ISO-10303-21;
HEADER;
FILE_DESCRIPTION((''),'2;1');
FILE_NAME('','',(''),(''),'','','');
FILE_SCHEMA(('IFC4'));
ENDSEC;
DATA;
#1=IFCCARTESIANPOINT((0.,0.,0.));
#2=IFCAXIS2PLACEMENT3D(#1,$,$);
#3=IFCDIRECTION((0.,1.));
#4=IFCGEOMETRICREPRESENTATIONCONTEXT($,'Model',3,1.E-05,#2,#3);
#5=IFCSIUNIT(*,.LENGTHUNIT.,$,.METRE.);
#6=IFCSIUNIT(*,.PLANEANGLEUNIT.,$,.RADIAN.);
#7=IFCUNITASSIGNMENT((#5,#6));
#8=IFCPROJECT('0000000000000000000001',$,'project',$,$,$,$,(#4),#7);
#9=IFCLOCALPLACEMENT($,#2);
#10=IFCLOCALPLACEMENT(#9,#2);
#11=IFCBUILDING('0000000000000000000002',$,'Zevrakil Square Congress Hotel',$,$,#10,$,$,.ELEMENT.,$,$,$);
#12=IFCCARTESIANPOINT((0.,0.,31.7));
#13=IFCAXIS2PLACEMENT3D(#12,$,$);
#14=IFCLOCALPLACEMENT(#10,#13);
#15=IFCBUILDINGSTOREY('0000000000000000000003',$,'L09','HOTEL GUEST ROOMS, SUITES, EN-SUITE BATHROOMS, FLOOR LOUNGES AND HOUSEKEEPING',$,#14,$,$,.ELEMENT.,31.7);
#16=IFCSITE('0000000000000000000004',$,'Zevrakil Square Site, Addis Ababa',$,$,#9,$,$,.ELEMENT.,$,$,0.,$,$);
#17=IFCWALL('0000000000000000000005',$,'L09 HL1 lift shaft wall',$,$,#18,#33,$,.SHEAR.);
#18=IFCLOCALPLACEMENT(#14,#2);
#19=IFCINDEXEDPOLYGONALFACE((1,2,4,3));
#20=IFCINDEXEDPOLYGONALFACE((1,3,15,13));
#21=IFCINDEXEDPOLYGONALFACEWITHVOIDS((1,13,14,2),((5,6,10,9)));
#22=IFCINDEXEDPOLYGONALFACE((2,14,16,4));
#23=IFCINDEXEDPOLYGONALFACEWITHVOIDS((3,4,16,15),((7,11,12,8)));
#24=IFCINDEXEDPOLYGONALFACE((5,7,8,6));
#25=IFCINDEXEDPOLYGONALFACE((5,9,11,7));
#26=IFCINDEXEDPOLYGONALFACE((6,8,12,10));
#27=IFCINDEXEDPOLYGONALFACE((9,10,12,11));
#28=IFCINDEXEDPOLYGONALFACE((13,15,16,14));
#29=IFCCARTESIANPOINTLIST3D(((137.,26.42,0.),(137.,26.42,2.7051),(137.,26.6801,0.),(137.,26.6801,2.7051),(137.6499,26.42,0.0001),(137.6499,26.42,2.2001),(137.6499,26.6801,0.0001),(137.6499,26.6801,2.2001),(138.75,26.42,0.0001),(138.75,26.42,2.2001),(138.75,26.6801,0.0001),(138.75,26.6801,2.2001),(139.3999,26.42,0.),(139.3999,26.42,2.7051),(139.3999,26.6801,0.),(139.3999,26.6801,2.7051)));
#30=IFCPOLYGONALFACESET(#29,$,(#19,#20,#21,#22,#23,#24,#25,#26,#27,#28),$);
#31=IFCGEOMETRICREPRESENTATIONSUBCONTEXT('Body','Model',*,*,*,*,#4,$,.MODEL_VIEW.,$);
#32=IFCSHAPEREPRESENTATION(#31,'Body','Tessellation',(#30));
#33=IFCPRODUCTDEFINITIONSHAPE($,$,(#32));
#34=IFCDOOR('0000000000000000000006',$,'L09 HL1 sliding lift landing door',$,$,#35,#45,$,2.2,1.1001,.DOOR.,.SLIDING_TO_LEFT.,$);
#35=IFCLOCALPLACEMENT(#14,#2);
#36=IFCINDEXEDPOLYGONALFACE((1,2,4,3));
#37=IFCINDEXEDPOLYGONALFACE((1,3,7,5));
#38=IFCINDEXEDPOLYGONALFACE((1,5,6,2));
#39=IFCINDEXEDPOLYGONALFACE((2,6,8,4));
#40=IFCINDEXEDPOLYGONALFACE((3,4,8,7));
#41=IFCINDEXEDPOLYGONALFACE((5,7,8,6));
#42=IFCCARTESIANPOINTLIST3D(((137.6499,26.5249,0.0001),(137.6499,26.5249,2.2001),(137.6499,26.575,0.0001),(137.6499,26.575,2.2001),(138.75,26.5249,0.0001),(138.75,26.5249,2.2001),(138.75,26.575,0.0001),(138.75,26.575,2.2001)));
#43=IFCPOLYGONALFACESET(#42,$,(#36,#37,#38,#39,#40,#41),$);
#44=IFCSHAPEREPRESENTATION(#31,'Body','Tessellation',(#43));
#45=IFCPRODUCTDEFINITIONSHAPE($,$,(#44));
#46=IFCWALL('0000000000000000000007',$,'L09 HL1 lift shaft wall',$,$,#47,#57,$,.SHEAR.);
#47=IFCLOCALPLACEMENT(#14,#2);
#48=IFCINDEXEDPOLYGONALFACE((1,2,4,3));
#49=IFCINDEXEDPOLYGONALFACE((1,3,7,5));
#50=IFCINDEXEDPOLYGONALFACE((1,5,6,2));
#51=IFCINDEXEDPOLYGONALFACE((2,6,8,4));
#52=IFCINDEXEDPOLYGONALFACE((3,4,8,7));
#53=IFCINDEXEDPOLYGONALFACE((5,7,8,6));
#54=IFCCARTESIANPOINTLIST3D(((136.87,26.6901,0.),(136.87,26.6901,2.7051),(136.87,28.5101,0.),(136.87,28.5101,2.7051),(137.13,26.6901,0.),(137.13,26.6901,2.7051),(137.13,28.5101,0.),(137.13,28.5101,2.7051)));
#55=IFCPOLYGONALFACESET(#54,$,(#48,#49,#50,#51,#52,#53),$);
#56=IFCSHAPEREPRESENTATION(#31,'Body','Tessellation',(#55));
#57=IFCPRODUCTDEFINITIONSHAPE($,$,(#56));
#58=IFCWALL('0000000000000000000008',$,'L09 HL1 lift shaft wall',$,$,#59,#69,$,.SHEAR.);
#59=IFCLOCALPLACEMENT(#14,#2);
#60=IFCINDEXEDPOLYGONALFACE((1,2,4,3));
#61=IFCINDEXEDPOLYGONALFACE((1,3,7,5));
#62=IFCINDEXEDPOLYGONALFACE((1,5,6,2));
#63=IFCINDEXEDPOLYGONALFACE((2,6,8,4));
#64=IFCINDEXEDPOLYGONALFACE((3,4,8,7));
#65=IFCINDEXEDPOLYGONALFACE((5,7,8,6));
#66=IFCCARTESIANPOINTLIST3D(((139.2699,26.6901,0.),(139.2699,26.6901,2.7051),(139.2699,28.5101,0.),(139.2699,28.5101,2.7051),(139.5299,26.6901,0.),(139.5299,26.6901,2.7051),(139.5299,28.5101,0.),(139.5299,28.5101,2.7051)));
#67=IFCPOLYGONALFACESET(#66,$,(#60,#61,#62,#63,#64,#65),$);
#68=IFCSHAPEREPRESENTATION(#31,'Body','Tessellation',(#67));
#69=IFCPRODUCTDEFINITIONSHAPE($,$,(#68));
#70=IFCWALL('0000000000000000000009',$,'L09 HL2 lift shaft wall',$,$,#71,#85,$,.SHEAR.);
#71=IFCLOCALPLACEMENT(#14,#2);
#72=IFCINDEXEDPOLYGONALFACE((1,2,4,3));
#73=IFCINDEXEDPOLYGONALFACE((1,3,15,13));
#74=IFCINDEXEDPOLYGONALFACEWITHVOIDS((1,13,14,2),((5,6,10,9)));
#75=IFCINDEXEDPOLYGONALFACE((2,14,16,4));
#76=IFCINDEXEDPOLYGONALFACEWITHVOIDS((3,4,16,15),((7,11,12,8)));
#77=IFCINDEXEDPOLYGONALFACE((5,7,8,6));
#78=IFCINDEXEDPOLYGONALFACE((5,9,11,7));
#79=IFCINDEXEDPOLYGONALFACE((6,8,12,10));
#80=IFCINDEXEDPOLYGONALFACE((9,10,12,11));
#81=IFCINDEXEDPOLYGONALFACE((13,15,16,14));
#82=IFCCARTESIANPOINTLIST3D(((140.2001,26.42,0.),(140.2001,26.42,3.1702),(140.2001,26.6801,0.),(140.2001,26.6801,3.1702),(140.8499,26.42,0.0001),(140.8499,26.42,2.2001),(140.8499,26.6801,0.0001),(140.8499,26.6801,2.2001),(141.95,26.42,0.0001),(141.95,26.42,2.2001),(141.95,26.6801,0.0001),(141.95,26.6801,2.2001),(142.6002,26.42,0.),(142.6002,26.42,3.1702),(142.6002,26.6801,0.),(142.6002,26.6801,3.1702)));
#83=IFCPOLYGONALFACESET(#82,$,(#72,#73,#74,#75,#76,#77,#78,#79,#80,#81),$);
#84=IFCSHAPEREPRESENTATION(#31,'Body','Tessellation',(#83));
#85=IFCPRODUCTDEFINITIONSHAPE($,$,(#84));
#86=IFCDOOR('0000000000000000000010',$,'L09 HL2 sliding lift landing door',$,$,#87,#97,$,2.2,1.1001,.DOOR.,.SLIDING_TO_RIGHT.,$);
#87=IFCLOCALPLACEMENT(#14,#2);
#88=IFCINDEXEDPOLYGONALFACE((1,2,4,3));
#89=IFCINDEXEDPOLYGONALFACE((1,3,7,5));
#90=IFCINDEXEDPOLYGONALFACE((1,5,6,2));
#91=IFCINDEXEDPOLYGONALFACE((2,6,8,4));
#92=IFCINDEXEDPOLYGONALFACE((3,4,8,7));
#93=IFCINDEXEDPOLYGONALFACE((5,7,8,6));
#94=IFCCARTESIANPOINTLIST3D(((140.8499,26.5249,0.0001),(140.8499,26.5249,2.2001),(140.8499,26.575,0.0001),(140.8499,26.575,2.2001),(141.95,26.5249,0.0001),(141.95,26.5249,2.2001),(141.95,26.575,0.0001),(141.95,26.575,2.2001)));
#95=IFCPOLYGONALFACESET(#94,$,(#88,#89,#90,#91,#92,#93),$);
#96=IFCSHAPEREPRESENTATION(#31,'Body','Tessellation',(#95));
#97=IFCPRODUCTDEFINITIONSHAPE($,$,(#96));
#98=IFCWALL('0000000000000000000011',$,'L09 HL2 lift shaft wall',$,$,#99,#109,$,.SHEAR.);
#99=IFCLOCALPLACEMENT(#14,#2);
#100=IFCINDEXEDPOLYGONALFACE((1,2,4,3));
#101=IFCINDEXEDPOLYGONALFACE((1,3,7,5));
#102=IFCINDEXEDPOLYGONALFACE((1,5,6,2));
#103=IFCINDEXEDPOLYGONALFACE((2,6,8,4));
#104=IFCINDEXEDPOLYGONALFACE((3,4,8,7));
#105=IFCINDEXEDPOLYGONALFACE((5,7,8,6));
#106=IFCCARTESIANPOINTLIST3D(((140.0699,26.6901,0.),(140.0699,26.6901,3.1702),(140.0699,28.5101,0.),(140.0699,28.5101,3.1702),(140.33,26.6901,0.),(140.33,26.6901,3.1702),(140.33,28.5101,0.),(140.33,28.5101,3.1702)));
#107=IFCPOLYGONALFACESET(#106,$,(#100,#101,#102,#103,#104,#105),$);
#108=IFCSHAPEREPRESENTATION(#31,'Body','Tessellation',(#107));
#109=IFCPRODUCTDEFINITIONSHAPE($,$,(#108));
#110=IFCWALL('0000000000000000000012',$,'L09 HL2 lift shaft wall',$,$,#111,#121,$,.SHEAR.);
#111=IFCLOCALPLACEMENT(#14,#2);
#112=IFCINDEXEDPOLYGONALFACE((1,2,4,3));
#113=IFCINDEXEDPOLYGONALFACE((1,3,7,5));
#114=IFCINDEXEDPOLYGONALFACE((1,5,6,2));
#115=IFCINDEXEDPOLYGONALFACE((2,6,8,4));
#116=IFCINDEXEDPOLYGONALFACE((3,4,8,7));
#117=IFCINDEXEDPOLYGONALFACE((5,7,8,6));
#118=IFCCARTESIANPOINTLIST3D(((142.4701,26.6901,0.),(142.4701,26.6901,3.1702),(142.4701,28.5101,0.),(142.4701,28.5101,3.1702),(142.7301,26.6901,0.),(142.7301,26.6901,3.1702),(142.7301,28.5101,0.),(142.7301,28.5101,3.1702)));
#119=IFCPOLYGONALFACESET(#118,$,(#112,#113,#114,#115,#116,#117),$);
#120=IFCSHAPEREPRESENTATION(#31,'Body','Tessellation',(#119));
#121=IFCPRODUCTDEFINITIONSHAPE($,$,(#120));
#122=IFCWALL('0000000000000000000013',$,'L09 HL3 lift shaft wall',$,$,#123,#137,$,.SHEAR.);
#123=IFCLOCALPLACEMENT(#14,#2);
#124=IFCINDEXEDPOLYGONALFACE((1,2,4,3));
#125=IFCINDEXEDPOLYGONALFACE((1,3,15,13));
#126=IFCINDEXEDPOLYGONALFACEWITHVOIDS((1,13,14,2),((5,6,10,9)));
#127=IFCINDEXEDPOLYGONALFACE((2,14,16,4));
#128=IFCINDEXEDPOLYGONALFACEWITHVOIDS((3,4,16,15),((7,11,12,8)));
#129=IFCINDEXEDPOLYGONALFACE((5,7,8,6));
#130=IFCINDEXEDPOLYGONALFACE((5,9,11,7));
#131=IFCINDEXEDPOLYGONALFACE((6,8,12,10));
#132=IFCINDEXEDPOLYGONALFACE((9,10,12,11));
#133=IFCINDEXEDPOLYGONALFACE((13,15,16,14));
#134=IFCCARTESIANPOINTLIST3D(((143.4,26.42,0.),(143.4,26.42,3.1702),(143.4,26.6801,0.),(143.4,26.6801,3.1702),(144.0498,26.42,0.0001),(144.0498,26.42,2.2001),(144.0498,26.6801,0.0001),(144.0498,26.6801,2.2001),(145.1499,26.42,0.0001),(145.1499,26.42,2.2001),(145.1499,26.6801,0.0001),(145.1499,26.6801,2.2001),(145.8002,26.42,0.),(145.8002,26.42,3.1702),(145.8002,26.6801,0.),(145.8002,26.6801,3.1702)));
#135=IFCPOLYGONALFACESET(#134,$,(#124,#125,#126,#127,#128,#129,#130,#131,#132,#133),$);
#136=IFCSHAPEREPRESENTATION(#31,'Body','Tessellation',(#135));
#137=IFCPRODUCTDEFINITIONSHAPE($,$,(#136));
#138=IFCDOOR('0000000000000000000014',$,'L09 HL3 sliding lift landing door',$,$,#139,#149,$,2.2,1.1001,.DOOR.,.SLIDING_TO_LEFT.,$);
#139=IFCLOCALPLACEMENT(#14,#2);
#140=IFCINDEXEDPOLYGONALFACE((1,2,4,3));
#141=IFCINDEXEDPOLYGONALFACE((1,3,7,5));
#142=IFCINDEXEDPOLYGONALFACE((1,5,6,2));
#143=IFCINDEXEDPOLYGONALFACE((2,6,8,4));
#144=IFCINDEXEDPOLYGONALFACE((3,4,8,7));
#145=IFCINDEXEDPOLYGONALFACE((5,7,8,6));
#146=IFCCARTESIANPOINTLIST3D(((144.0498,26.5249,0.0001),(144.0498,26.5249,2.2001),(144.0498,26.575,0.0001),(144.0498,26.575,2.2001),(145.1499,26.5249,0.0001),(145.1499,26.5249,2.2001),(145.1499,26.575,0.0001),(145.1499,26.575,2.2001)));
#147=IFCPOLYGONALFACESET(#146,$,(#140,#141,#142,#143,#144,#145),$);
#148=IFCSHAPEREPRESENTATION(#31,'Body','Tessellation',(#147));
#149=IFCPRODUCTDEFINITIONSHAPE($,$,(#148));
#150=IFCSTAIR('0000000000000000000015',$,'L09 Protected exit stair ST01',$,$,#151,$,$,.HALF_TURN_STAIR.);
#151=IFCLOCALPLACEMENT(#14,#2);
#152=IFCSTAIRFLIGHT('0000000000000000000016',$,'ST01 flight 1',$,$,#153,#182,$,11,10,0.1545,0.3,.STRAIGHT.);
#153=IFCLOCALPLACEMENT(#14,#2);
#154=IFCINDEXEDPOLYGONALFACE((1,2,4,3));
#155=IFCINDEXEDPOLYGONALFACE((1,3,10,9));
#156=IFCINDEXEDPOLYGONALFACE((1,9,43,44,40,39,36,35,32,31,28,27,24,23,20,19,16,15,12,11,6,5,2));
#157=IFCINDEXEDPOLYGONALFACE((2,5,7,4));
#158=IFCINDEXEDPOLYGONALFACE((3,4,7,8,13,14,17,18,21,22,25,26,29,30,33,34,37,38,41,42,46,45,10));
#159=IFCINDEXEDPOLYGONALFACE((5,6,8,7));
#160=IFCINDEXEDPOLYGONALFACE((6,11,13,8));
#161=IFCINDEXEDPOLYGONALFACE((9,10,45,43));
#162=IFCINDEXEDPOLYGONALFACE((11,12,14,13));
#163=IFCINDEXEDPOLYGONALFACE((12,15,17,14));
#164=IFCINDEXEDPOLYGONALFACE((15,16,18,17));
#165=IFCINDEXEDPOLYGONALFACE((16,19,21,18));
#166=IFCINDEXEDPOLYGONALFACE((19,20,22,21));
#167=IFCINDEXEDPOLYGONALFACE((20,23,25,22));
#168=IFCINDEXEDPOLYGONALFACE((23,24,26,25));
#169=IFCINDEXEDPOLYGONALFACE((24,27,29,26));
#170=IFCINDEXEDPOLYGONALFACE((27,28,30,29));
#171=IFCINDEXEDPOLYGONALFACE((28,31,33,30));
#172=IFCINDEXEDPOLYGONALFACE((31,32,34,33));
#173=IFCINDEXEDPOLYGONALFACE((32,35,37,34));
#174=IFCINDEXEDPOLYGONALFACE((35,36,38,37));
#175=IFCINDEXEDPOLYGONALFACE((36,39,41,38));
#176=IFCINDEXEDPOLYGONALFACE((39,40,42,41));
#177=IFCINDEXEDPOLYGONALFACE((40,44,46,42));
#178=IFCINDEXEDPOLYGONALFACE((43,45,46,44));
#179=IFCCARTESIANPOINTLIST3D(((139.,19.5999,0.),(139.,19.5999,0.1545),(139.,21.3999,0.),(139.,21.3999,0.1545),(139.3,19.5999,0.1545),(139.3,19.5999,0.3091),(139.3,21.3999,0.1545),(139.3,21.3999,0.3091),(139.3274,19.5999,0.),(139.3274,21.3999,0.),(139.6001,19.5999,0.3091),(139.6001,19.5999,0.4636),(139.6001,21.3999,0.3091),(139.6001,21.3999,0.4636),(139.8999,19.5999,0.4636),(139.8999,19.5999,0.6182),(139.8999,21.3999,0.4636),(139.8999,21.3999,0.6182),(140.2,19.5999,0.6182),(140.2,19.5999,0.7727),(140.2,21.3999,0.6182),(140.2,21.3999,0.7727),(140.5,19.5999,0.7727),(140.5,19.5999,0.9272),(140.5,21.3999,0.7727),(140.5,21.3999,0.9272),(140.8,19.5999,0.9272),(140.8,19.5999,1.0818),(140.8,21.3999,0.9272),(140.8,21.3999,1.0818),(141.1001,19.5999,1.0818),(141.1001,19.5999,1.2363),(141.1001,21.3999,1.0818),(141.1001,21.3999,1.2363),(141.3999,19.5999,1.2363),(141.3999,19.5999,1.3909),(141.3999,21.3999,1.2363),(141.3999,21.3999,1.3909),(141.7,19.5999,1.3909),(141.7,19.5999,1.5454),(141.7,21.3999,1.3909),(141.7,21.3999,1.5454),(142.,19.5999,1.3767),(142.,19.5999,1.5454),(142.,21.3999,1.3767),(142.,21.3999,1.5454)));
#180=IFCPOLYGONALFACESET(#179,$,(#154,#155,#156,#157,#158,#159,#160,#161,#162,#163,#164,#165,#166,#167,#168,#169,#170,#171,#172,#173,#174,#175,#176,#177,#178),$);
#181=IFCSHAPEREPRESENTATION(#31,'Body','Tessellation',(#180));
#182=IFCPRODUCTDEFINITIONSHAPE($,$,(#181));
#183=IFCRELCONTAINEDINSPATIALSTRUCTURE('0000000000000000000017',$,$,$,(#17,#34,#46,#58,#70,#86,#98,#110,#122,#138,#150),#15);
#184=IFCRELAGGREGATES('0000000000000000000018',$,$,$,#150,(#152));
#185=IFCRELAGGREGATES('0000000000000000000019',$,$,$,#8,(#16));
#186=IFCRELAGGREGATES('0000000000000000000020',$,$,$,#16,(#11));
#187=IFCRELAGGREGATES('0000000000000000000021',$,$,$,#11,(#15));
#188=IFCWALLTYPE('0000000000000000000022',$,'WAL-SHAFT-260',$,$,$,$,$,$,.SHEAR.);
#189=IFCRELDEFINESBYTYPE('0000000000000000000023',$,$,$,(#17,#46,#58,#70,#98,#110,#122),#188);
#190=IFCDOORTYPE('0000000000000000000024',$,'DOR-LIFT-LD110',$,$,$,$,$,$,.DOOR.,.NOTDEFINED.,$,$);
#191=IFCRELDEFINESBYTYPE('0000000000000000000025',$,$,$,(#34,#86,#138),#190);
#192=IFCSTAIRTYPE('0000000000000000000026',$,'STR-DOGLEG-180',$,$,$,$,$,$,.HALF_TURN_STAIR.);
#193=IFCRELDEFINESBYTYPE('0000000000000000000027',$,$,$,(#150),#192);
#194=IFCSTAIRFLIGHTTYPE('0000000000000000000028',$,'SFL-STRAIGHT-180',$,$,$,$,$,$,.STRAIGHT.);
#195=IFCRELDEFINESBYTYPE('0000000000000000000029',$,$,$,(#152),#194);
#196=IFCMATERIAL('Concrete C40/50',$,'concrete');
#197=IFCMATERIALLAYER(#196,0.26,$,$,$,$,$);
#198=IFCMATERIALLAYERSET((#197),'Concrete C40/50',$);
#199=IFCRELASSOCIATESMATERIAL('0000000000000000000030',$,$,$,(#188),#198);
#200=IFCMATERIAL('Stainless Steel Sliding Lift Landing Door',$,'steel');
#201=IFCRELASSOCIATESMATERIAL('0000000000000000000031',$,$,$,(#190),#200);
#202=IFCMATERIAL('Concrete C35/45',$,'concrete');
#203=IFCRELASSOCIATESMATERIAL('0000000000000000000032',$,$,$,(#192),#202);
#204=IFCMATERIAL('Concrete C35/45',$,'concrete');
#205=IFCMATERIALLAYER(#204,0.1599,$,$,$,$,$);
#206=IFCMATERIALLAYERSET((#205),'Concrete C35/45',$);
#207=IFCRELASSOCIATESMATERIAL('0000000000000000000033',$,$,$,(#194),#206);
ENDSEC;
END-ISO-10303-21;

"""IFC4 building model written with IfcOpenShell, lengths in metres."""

from ifc_helpers import new_model, si_unit, direction, frame, frame_2d, origin, place, context, subcontext, project, spatial, polyline, rectangle, outline, extrude, material, layer, layer_set, type_object, element, fill, aggregate, save


model = new_model("IFC4")

# Units and contexts
model_context = context("Model", 3, precision=1e-05, world=origin(), true_north=direction((0.0, 1.0)))
body_context = subcontext(model_context, "Body", "Model", "MODEL_VIEW")
ifc_project = project(units=[si_unit("LENGTHUNIT", "METRE"), si_unit("PLANEANGLEUNIT", "RADIAN")], contexts=[model_context])

# Site, building, storey
site_placement = place(None, origin())
site = spatial("IfcSite", under=ifc_project, at=site_placement, Name="Zevrakil Square Site, Addis Ababa", CompositionType="ELEMENT", RefElevation=0.0)
building_placement = place(site_placement, origin())
building = spatial("IfcBuilding", under=site, at=building_placement, Name="Zevrakil Square Congress Hotel", CompositionType="ELEMENT")
storey_placement = place(building_placement, frame((0.0, 0.0, 31.7)))
storey = spatial("IfcBuildingStorey", under=building, at=storey_placement, Name="L09", Description="HOTEL GUEST ROOMS, SUITES, EN-SUITE BATHROOMS, FLOOR LOUNGES AND HOUSEKEEPING", CompositionType="ELEMENT", Elevation=31.7)

# Shared definitions
ifc_material_1 = material(Name="Concrete C40/50", Category="concrete")
ifc_layer_1 = layer(ifc_material_1, 0.26)
ifc_layer_set_1 = layer_set([ifc_layer_1], Name="Concrete C40/50")
wall_type_1 = type_object("IfcWallType", Name="WAL-SHAFT-260", PredefinedType="SHEAR", material=ifc_layer_set_1)

# Wall, opening, door
wall_1_placement = place(storey_placement, frame((137.0, 26.55, 0.0), z_axis=(0.0, 0.0, 1.0), x_axis=(1.0, 0.0, 0.0)))
wall_1 = element("IfcWall", 1, at=wall_1_placement, inside=storey, type_object=wall_type_1, Name="L09 HL1 lift shaft wall", PredefinedType="SHEAR", context=body_context, shape_type="SweptSolid", body=[
    extrude(rectangle(XDim=2.3999, YDim=0.26, at=frame_2d((1.2, 0.0))), origin(), (0.0, 0.0, 1.0), 2.7051),
])
opening_1_placement = place(wall_1_placement, frame((0.6499, 0.0, 0.0)))
opening_1 = element("IfcOpeningElement", 2, at=opening_1_placement, cuts=wall_1, PredefinedType="OPENING", context=body_context, shape_type="SweptSolid", body=[
    extrude(rectangle(XDim=1.1001, YDim=2.2, at=frame_2d((0.55, 1.1001))), frame((0.0, 0.1401, 0.0), z_axis=(0.0, -1.0, 0.0), x_axis=(1.0, 0.0, 0.0)), (0.0, 0.0, 1.0), 0.28),
])
ifc_material_2 = material(Name="Stainless Steel Sliding Lift Landing Door", Category="steel")
door_type_1 = type_object("IfcDoorType", Name="DOR-LIFT-LD110", OperationType="NOTDEFINED", PredefinedType="DOOR", material=ifc_material_2)
door_1_placement = place(opening_1_placement, origin())
door_1 = element("IfcDoor", 3, at=door_1_placement, inside=storey, type_object=door_type_1, Name="L09 HL1 sliding lift landing door", OperationType="SLIDING_TO_LEFT", OverallHeight=2.2, OverallWidth=1.1001, PredefinedType="DOOR", context=body_context, shape_type="SweptSolid", body=[
    extrude(rectangle(XDim=1.1001, YDim=2.2, at=frame_2d((0.55, 1.1001))), frame((0.0, 0.0249, 0.0), z_axis=(0.0, -1.0, 0.0), x_axis=(1.0, 0.0, 0.0)), (0.0, 0.0, 1.0), 0.05),
])
fill(opening_1, door_1)

# Walls
for number, where, z_axis, x_axis, name in (
    (4, (137.0, 26.6899, 0.0), (0.0, 0.0, 1.0), (0.0, 1.0, 0.0), "L09 HL1 lift shaft wall"),
    (5, (139.3999, 26.6899, 0.0), (0.0, 0.0, 1.0), (0.0, 1.0, 0.0), "L09 HL1 lift shaft wall"),
):
    element("IfcWall", number, at=place(storey_placement, frame(where, z_axis=z_axis, x_axis=x_axis)), inside=storey, type_object=wall_type_1, Name=name, PredefinedType="SHEAR", context=body_context, shape_type="SweptSolid", body=[
        extrude(rectangle(XDim=1.8201, YDim=0.26, at=frame_2d((0.9102, 0.0))), origin(), (0.0, 0.0, 1.0), 2.7051),
    ])

# Wall, opening, door
wall_2_placement = place(storey_placement, frame((140.2, 26.55, 0.0), z_axis=(0.0, 0.0, 1.0), x_axis=(1.0, 0.0, 0.0)))
wall_2 = element("IfcWall", 6, at=wall_2_placement, inside=storey, type_object=wall_type_1, Name="L09 HL2 lift shaft wall", PredefinedType="SHEAR", context=body_context, shape_type="SweptSolid", body=[
    extrude(rectangle(XDim=2.4001, YDim=0.26, at=frame_2d((1.2002, 0.0))), origin(), (0.0, 0.0, 1.0), 3.1702),
])
opening_2_placement = place(wall_2_placement, frame((0.6499, 0.0, 0.0)))
opening_2 = element("IfcOpeningElement", 7, at=opening_2_placement, cuts=wall_2, PredefinedType="OPENING", context=body_context, shape_type="SweptSolid", body=[
    extrude(rectangle(XDim=1.1001, YDim=2.2, at=frame_2d((0.55, 1.1001))), frame((0.0, 0.1401, 0.0), z_axis=(0.0, -1.0, 0.0), x_axis=(1.0, 0.0, 0.0)), (0.0, 0.0, 1.0), 0.28),
])
door_2_placement = place(opening_2_placement, origin())
door_2 = element("IfcDoor", 8, at=door_2_placement, inside=storey, type_object=door_type_1, Name="L09 HL2 sliding lift landing door", OperationType="SLIDING_TO_RIGHT", OverallHeight=2.2, OverallWidth=1.1001, PredefinedType="DOOR", context=body_context, shape_type="SweptSolid", body=[
    extrude(rectangle(XDim=1.1001, YDim=2.2, at=frame_2d((0.55, 1.1001))), frame((0.0, 0.0249, 0.0), z_axis=(0.0, -1.0, 0.0), x_axis=(1.0, 0.0, 0.0)), (0.0, 0.0, 1.0), 0.05),
])
fill(opening_2, door_2)

# Walls
for number, where, z_axis, x_axis, name in (
    (9, (140.2, 26.6899, 0.0), (0.0, 0.0, 1.0), (0.0, 1.0, 0.0), "L09 HL2 lift shaft wall"),
    (10, (142.6001, 26.6899, 0.0), (0.0, 0.0, 1.0), (0.0, 1.0, 0.0), "L09 HL2 lift shaft wall"),
):
    element("IfcWall", number, at=place(storey_placement, frame(where, z_axis=z_axis, x_axis=x_axis)), inside=storey, type_object=wall_type_1, Name=name, PredefinedType="SHEAR", context=body_context, shape_type="SweptSolid", body=[
        extrude(rectangle(XDim=1.8201, YDim=0.26, at=frame_2d((0.9102, 0.0))), origin(), (0.0, 0.0, 1.0), 3.1702),
    ])

# Wall, opening, door
wall_3_placement = place(storey_placement, frame((143.3999, 26.55, 0.0), z_axis=(0.0, 0.0, 1.0), x_axis=(1.0, 0.0, 0.0)))
wall_3 = element("IfcWall", 11, at=wall_3_placement, inside=storey, type_object=wall_type_1, Name="L09 HL3 lift shaft wall", PredefinedType="SHEAR", context=body_context, shape_type="SweptSolid", body=[
    extrude(rectangle(XDim=2.4001, YDim=0.26, at=frame_2d((1.2002, 0.0))), origin(), (0.0, 0.0, 1.0), 3.1702),
])
opening_3_placement = place(wall_3_placement, frame((0.6499, 0.0, 0.0)))
opening_3 = element("IfcOpeningElement", 12, at=opening_3_placement, cuts=wall_3, PredefinedType="OPENING", context=body_context, shape_type="SweptSolid", body=[
    extrude(rectangle(XDim=1.1001, YDim=2.2, at=frame_2d((0.55, 1.1001))), frame((0.0, 0.1401, 0.0), z_axis=(0.0, -1.0, 0.0), x_axis=(1.0, 0.0, 0.0)), (0.0, 0.0, 1.0), 0.28),
])
door_3_placement = place(opening_3_placement, origin())
door_3 = element("IfcDoor", 13, at=door_3_placement, inside=storey, type_object=door_type_1, Name="L09 HL3 sliding lift landing door", OperationType="SLIDING_TO_LEFT", OverallHeight=2.2, OverallWidth=1.1001, PredefinedType="DOOR", context=body_context, shape_type="SweptSolid", body=[
    extrude(rectangle(XDim=1.1001, YDim=2.2, at=frame_2d((0.55, 1.1001))), frame((0.0, 0.0249, 0.0), z_axis=(0.0, -1.0, 0.0), x_axis=(1.0, 0.0, 0.0)), (0.0, 0.0, 1.0), 0.05),
])
fill(opening_3, door_3)

# Stair, stair flight
ifc_material_3 = material(Name="Concrete C35/45", Category="concrete")
stair_type = type_object("IfcStairType", Name="STR-DOGLEG-180", PredefinedType="HALF_TURN_STAIR", material=ifc_material_3)
stair_placement = place(storey_placement, origin())
stair = element("IfcStair", 14, at=stair_placement, inside=storey, type_object=stair_type, Name="L09 Protected exit stair ST01", PredefinedType="HALF_TURN_STAIR")
ifc_material_4 = material(Name="Concrete C35/45", Category="concrete")
ifc_layer_2 = layer(ifc_material_4, 0.1599)
ifc_layer_set_2 = layer_set([ifc_layer_2], Name="Concrete C35/45")
stair_flight_type = type_object("IfcStairFlightType", Name="SFL-STRAIGHT-180", PredefinedType="STRAIGHT", material=ifc_layer_set_2)
stair_flight_1_placement = place(storey_placement, frame((139.0, 20.5, 0.0), z_axis=(0.0, 0.0, 1.0), x_axis=(1.0, 0.0, 0.0)))
stair_flight_1 = element("IfcStairFlight", 15, at=stair_flight_1_placement, type_object=stair_flight_type, Name="ST01 flight 1", NumberOfRisers=11, NumberOfTreads=10, PredefinedType="STRAIGHT", RiserHeight=0.1545, TreadLength=0.3, context=body_context, shape_type="SweptSolid", body=[
    extrude(outline(polyline([(0.0, 0.0), (0.0, 0.1545), (0.3, 0.1545), (0.3, 0.3091), (0.6001, 0.3091), (0.6001, 0.4636), (0.8999, 0.4636), (0.8999, 0.6182), (1.2, 0.6182), (1.2, 0.7727), (1.5, 0.7727), (1.5, 0.9272), (1.8, 0.9272), (1.8, 1.0818), (2.1001, 1.0818), (2.1001, 1.2363), (2.3999, 1.2363), (2.3999, 1.3909), (2.7, 1.3909), (2.7, 1.5454), (3.0, 1.5454), (3.0, 1.7), (3.0, 1.3767), (0.3274, 0.0), (0.0, 0.0)])), frame((0.0, 0.8999, 0.0), z_axis=(0.0, -1.0, 0.0), x_axis=(1.0, 0.0, 0.0)), (0.0, 0.0, 1.0), 1.8),
])
aggregate(stair, [stair_flight_1])

save(model, "model.ifc")
